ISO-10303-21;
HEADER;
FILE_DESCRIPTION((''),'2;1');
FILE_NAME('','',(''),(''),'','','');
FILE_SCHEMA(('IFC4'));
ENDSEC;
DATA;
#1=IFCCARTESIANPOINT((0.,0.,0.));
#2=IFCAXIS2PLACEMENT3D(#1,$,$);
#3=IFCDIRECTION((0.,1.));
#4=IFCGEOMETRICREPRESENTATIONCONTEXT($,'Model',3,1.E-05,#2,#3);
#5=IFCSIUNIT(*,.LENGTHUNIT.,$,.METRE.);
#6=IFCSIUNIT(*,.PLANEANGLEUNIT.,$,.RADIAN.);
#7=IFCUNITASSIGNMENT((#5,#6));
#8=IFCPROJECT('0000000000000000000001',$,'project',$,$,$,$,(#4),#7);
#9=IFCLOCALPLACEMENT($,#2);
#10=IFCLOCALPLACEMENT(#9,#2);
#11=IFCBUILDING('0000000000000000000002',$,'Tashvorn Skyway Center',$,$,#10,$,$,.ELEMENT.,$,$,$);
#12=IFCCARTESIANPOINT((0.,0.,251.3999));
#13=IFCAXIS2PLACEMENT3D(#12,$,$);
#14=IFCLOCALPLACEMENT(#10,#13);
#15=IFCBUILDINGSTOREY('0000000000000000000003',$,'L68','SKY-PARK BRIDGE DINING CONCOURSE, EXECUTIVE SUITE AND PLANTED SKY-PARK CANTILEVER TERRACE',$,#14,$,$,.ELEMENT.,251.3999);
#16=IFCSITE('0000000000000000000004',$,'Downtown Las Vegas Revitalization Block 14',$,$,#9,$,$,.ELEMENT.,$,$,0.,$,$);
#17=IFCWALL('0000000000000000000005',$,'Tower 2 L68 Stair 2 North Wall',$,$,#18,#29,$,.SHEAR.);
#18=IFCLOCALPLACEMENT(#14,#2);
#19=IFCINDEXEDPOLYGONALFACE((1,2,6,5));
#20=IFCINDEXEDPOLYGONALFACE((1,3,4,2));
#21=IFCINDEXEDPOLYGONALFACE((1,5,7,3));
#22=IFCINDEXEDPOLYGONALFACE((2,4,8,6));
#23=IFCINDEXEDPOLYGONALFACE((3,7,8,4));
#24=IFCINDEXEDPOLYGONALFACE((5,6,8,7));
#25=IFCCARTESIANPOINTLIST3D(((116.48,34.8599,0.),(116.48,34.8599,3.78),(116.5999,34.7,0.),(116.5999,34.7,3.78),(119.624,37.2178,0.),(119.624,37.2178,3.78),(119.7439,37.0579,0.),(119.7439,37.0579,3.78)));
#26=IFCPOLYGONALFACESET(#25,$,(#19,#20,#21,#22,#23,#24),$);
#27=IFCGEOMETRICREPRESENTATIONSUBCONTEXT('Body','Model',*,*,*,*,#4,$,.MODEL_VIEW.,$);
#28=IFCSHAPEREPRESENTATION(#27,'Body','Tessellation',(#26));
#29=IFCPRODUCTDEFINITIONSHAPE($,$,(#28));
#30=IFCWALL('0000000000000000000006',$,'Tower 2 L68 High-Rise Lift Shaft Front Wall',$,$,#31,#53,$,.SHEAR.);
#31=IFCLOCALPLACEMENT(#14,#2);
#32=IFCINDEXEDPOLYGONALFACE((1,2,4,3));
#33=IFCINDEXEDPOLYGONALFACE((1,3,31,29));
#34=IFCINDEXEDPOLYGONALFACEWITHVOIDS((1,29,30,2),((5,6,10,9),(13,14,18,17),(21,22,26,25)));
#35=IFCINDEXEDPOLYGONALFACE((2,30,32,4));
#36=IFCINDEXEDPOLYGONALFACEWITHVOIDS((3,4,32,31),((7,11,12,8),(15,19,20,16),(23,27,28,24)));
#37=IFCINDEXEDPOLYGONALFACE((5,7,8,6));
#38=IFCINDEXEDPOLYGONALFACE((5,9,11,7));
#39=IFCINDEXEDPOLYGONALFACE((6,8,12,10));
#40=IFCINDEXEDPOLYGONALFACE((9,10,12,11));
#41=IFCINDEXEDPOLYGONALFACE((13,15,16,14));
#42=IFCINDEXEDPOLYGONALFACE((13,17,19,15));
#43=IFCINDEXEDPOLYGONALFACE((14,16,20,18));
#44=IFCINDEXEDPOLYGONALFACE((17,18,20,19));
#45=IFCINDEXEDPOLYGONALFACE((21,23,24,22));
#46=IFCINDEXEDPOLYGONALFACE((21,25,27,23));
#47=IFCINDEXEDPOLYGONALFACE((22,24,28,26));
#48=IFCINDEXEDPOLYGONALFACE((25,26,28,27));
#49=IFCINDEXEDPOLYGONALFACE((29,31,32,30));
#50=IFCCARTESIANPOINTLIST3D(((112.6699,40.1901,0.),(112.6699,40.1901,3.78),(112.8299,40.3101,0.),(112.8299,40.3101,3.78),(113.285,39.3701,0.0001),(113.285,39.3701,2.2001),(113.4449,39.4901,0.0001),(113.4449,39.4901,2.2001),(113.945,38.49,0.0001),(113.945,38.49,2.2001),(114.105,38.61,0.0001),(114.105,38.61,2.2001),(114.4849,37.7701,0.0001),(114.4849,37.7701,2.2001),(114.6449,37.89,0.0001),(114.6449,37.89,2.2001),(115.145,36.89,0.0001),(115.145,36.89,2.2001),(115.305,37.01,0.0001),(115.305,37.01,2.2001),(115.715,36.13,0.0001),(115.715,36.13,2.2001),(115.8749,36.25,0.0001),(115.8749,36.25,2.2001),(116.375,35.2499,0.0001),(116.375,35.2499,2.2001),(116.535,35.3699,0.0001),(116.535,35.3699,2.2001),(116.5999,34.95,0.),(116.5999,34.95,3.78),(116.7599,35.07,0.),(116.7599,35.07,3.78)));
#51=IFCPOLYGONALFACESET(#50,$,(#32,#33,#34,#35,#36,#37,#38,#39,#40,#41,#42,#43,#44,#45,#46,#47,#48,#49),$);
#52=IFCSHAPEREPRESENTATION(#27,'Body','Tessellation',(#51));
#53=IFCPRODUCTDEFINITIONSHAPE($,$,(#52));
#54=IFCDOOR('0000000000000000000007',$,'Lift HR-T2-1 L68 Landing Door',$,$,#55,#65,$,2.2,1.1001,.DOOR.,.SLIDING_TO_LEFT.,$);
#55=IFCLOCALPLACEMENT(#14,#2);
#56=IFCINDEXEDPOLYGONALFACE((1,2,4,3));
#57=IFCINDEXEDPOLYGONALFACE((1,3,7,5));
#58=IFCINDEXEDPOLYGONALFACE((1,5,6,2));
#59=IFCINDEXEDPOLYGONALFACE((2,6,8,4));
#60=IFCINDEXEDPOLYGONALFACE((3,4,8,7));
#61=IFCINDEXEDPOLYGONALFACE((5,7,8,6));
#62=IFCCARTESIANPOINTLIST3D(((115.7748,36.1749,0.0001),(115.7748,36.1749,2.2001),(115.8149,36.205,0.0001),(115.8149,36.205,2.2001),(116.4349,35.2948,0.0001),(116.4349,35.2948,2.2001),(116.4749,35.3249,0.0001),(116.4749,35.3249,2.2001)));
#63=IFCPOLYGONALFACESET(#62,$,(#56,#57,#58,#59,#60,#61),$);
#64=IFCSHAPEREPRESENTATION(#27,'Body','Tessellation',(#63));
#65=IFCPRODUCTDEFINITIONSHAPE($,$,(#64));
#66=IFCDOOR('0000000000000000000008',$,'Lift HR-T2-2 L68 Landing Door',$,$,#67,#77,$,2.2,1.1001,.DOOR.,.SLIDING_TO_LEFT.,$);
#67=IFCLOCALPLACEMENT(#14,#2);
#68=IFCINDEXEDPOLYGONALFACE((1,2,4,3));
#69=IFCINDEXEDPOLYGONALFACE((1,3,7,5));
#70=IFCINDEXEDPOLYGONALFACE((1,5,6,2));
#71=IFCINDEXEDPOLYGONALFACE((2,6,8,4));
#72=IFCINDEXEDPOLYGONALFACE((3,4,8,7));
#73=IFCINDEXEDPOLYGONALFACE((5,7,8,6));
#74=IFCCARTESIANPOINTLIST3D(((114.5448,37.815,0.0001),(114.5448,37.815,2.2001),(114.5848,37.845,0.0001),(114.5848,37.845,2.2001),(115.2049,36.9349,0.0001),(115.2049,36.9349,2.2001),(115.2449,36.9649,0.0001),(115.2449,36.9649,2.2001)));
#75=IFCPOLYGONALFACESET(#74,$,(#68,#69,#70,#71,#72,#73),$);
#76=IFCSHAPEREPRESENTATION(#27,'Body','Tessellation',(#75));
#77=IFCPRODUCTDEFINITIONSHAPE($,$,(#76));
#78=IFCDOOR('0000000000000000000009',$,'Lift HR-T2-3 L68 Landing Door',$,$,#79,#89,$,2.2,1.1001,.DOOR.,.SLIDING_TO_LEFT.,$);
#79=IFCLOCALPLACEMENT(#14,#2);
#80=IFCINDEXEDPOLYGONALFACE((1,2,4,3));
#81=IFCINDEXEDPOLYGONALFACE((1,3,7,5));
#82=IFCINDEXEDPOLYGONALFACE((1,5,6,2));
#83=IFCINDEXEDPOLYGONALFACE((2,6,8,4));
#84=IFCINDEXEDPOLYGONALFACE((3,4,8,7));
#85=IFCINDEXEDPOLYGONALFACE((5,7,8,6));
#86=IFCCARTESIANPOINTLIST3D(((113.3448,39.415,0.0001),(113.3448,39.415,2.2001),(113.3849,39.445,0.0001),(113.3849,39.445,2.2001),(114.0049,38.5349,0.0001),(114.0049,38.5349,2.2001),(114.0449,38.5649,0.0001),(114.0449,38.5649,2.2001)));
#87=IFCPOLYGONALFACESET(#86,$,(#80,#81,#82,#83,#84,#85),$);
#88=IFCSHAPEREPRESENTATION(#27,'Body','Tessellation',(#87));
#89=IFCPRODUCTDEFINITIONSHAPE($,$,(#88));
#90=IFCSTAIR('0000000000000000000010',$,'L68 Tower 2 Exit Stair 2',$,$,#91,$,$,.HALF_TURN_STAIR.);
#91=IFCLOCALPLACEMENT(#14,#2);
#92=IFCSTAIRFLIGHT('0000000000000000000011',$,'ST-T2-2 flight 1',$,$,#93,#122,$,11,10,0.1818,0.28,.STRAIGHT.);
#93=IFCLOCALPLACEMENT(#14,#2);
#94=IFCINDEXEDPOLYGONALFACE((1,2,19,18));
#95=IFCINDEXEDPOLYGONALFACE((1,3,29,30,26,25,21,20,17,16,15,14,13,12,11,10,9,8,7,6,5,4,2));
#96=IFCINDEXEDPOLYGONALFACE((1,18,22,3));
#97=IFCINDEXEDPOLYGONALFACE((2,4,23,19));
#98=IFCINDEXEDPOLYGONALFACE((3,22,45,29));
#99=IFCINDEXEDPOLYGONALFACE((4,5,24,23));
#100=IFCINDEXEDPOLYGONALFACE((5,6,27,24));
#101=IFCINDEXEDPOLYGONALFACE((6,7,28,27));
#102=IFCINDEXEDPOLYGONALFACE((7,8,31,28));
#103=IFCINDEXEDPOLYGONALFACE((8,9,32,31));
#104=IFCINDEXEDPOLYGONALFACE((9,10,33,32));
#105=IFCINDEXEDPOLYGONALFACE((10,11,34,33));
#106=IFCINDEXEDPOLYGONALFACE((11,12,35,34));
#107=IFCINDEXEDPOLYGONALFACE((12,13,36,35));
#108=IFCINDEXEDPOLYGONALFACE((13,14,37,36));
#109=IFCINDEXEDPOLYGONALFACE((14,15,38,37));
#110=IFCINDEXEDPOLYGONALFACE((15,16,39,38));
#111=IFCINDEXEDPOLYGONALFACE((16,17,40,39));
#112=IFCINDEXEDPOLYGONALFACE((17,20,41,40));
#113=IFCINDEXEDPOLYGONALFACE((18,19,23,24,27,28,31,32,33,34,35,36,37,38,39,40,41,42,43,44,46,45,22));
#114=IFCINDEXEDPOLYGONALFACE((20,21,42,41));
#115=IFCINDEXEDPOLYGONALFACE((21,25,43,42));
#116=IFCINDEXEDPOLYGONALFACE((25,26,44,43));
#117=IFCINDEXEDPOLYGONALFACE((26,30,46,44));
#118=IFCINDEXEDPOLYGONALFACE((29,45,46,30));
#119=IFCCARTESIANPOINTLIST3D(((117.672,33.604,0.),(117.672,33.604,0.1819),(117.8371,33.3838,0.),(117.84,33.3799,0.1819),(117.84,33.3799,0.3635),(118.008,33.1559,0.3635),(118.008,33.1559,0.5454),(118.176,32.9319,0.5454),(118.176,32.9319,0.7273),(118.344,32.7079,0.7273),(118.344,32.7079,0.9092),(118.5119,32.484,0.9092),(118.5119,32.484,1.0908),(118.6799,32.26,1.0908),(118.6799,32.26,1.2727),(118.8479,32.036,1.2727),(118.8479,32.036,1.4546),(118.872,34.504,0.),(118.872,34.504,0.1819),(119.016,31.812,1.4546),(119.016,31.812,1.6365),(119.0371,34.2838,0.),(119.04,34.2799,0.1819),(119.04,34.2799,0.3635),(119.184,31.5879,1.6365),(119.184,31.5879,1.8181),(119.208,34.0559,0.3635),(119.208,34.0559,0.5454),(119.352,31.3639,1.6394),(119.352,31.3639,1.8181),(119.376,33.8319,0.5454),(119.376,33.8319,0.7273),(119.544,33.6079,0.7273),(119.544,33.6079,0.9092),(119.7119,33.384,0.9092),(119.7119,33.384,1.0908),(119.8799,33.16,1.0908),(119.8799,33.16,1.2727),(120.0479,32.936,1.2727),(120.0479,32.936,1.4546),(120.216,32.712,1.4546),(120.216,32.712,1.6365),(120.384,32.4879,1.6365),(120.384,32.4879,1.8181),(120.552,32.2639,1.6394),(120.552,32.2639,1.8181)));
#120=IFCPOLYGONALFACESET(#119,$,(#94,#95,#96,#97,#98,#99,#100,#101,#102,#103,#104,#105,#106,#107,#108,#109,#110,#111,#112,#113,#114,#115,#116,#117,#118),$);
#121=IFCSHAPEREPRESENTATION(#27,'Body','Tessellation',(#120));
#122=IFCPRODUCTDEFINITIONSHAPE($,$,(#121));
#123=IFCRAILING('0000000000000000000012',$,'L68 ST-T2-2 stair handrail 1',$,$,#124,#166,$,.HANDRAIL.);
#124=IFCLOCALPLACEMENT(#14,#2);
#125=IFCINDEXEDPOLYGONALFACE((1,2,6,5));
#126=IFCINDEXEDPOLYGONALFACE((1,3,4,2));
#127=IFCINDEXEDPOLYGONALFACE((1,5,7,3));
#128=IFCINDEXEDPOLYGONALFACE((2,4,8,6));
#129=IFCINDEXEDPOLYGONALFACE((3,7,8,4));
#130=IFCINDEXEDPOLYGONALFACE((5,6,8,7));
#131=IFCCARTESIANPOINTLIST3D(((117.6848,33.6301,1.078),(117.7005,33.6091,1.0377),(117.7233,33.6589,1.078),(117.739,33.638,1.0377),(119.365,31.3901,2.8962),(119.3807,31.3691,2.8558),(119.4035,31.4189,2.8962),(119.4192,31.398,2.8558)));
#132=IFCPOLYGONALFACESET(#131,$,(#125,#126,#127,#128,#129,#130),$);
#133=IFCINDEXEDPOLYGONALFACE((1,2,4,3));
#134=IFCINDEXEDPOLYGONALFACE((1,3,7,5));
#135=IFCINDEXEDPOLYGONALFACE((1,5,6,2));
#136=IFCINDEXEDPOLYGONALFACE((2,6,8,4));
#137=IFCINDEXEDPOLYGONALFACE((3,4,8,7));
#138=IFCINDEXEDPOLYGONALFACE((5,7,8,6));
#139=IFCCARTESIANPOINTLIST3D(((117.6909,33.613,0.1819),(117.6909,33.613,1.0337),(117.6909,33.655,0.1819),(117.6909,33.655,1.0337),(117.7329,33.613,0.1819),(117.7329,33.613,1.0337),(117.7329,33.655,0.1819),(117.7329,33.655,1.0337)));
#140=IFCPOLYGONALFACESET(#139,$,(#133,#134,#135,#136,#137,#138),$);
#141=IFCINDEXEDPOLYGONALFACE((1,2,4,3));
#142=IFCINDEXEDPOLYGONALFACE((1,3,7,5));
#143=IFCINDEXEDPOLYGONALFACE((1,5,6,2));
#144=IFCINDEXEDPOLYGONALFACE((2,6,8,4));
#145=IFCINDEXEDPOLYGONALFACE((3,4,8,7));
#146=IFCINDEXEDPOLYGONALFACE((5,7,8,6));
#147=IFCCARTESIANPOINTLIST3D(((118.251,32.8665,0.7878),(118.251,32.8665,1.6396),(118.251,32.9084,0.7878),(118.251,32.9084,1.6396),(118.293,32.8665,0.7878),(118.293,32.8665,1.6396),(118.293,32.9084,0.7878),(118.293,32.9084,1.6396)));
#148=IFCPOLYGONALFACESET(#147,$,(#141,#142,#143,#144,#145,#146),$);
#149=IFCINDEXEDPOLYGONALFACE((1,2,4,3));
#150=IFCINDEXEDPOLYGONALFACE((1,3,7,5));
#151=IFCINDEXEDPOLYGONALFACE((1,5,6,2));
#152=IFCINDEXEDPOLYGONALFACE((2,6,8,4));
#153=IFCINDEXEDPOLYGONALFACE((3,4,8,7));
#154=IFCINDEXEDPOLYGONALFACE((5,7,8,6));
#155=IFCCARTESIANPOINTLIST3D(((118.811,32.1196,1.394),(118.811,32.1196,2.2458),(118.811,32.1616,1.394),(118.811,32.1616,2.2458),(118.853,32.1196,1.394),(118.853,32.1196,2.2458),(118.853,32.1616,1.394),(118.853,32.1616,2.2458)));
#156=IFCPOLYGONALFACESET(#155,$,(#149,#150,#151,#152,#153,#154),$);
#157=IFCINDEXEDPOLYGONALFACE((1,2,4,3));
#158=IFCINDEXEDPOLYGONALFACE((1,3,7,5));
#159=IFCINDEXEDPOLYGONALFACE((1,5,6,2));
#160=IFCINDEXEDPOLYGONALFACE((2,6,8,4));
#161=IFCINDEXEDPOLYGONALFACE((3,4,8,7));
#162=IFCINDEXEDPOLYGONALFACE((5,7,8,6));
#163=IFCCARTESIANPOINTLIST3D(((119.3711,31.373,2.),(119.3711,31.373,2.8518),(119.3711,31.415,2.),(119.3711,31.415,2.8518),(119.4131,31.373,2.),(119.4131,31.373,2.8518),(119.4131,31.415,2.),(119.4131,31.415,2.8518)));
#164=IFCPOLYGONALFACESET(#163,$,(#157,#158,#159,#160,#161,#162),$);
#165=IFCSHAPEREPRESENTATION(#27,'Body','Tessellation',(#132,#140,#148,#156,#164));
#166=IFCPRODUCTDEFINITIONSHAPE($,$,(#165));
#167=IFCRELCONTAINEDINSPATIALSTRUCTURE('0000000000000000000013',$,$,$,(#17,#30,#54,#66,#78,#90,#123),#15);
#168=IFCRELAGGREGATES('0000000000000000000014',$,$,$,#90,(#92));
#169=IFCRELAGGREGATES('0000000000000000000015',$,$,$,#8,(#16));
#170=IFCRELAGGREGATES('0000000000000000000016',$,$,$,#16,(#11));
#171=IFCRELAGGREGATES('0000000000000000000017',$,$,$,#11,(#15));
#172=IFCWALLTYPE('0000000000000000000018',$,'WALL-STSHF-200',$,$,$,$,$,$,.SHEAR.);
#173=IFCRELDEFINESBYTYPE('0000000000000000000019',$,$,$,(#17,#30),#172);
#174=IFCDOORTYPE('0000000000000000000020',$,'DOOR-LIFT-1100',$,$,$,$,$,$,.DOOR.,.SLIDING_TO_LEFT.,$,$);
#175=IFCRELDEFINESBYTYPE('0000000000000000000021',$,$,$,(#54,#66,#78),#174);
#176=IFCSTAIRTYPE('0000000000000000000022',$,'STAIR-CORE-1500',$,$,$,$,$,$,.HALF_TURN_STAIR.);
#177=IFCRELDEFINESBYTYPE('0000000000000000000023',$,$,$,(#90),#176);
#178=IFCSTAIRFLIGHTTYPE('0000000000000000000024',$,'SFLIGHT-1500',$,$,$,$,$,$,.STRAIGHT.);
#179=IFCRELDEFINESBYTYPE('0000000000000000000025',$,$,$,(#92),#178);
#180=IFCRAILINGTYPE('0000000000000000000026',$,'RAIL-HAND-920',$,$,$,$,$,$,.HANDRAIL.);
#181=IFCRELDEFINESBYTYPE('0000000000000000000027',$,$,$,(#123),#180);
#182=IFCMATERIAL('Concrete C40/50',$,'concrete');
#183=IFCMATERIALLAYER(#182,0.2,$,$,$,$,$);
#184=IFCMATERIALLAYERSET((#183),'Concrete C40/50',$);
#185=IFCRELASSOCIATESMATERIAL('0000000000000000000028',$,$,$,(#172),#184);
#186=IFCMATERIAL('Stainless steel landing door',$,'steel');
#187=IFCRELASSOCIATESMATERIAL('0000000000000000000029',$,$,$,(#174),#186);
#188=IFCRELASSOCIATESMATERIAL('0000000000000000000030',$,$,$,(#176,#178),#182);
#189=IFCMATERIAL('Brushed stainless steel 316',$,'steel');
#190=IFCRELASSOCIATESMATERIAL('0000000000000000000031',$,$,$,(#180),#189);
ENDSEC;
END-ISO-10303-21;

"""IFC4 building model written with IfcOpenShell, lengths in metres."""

from ifc_helpers import new_model, si_unit, direction, frame, frame_2d, origin, origin_2d, place, context, subcontext, project, spatial, polyline, rectangle, outline, extrude, material, layer, layer_set, type_object, element, fill, aggregate, save


model = new_model("IFC4")

# Units and contexts
model_context = context("Model", 3, precision=1e-05, world=origin(), true_north=direction((0.0, 1.0)))
body_context = subcontext(model_context, "Body", "Model", "MODEL_VIEW")
ifc_project = project(units=[si_unit("LENGTHUNIT", "METRE"), si_unit("PLANEANGLEUNIT", "RADIAN")], contexts=[model_context])

# Site, building, storey
site_placement = place(None, origin())
site = spatial("IfcSite", under=ifc_project, at=site_placement, Name="Downtown Las Vegas Revitalization Block 14", CompositionType="ELEMENT", RefElevation=0.0)
building_placement = place(site_placement, origin())
building = spatial("IfcBuilding", under=site, at=building_placement, Name="Tashvorn Skyway Center", CompositionType="ELEMENT")
storey_placement = place(building_placement, frame((0.0, 0.0, 251.3999)))
storey = spatial("IfcBuildingStorey", under=building, at=storey_placement, Name="L68", Description="SKY-PARK BRIDGE DINING CONCOURSE, EXECUTIVE SUITE AND PLANTED SKY-PARK CANTILEVER TERRACE", CompositionType="ELEMENT", Elevation=251.3999)

# Shared definitions
ifc_material_1 = material(Name="Concrete C40/50", Category="concrete")

# Shared definitions
ifc_layer_1 = layer(ifc_material_1, 0.2)
ifc_layer_set_1 = layer_set([ifc_layer_1], Name="Concrete C40/50")
wall_type_1 = type_object("IfcWallType", Name="WALL-STSHF-200", PredefinedType="SHEAR", material=ifc_layer_set_1)

# Wall
wall_1_placement = place(storey_placement, frame((116.54, 34.78, 0.0), z_axis=(0.0, 0.0, 1.0), x_axis=(0.800015, 0.59998, 0.0)))
element("IfcWall", 1, at=wall_1_placement, inside=storey, type_object=wall_type_1, Name="Tower 2 L68 Stair 2 North Wall", PredefinedType="SHEAR", context=body_context, shape_type="SweptSolid", body=[
    extrude(rectangle(XDim=3.9299, YDim=0.2, at=frame_2d((1.9648, 0.0))), origin(), (0.0, 0.0, 1.0), 3.78),
])

# Wall, openings, doors
wall_2_placement = place(storey_placement, frame((112.75, 40.25, 0.0), z_axis=(0.0, 0.0, 1.0), x_axis=(0.599994, -0.800004, 0.0)))
wall_2 = element("IfcWall", 2, at=wall_2_placement, inside=storey, type_object=wall_type_1, Name="Tower 2 L68 High-Rise Lift Shaft Front Wall", PredefinedType="SHEAR", context=body_context, shape_type="SweptSolid", body=[
    extrude(rectangle(XDim=6.55, YDim=0.2, at=frame_2d((3.2749, 0.0))), origin(), (0.0, 0.0, 1.0), 3.78),
])
opening_1_placement = place(wall_2_placement, frame((5.075, 0.0, 0.0)))
opening_1 = element("IfcOpeningElement", 3, at=opening_1_placement, cuts=wall_2, PredefinedType="OPENING", context=body_context, shape_type="SweptSolid", body=[
    extrude(rectangle(XDim=1.1001, YDim=2.2, at=frame_2d((0.55, 1.1001))), frame((0.0, 0.1099, 0.0), z_axis=(0.0, -1.0, 0.0), x_axis=(1.0, 0.0, 0.0)), (0.0, 0.0, 1.0), 0.22),
])
opening_2_placement = place(wall_2_placement, frame((3.0249, 0.0, 0.0)))
opening_2 = element("IfcOpeningElement", 4, at=opening_2_placement, cuts=wall_2, PredefinedType="OPENING", context=body_context, shape_type="SweptSolid", body=[
    extrude(rectangle(XDim=1.1001, YDim=2.2, at=frame_2d((0.55, 1.1001))), frame((0.0, 0.1099, 0.0), z_axis=(0.0, -1.0, 0.0), x_axis=(1.0, 0.0, 0.0)), (0.0, 0.0, 1.0), 0.22),
])
opening_3_placement = place(wall_2_placement, frame((1.0249, 0.0, 0.0)))
opening_3 = element("IfcOpeningElement", 5, at=opening_3_placement, cuts=wall_2, PredefinedType="OPENING", context=body_context, shape_type="SweptSolid", body=[
    extrude(rectangle(XDim=1.1001, YDim=2.2, at=frame_2d((0.55, 1.1001))), frame((0.0, 0.1099, 0.0), z_axis=(0.0, -1.0, 0.0), x_axis=(1.0, 0.0, 0.0)), (0.0, 0.0, 1.0), 0.22),
])
ifc_material_2 = material(Name="Stainless steel landing door", Category="steel")
door_type_1 = type_object("IfcDoorType", Name="DOOR-LIFT-1100", OperationType="SLIDING_TO_LEFT", PredefinedType="DOOR", material=ifc_material_2)
door_1_placement = place(opening_1_placement, origin())
door_1 = element("IfcDoor", 6, at=door_1_placement, inside=storey, type_object=door_type_1, Name="Lift HR-T2-1 L68 Landing Door", OperationType="SLIDING_TO_LEFT", OverallHeight=2.2, OverallWidth=1.1001, PredefinedType="DOOR", context=body_context, shape_type="SweptSolid", body=[
    extrude(rectangle(XDim=1.1001, YDim=2.2, at=frame_2d((0.55, 1.1001))), frame((0.0, 0.0249, 0.0), z_axis=(0.0, -1.0, 0.0), x_axis=(1.0, 0.0, 0.0)), (0.0, 0.0, 1.0), 0.05),
])
fill(opening_1, door_1)
door_2_placement = place(opening_2_placement, origin())
door_2 = element("IfcDoor", 7, at=door_2_placement, inside=storey, type_object=door_type_1, Name="Lift HR-T2-2 L68 Landing Door", OperationType="SLIDING_TO_LEFT", OverallHeight=2.2, OverallWidth=1.1001, PredefinedType="DOOR", context=body_context, shape_type="SweptSolid", body=[
    extrude(rectangle(XDim=1.1001, YDim=2.2, at=frame_2d((0.55, 1.1001))), frame((0.0, 0.0249, 0.0), z_axis=(0.0, -1.0, 0.0), x_axis=(1.0, 0.0, 0.0)), (0.0, 0.0, 1.0), 0.05),
])
fill(opening_2, door_2)
door_3_placement = place(opening_3_placement, origin())
door_3 = element("IfcDoor", 8, at=door_3_placement, inside=storey, type_object=door_type_1, Name="Lift HR-T2-3 L68 Landing Door", OperationType="SLIDING_TO_LEFT", OverallHeight=2.2, OverallWidth=1.1001, PredefinedType="DOOR", context=body_context, shape_type="SweptSolid", body=[
    extrude(rectangle(XDim=1.1001, YDim=2.2, at=frame_2d((0.55, 1.1001))), frame((0.0, 0.0249, 0.0), z_axis=(0.0, -1.0, 0.0), x_axis=(1.0, 0.0, 0.0)), (0.0, 0.0, 1.0), 0.05),
])
fill(opening_3, door_3)

# Stair, stair flight
stair_type = type_object("IfcStairType", Name="STAIR-CORE-1500", PredefinedType="HALF_TURN_STAIR", material=ifc_material_1)
stair_placement = place(storey_placement, origin())
stair = element("IfcStair", 9, at=stair_placement, inside=storey, type_object=stair_type, Name="L68 Tower 2 Exit Stair 2", PredefinedType="HALF_TURN_STAIR")
stair_flight_type = type_object("IfcStairFlightType", Name="SFLIGHT-1500", PredefinedType="STRAIGHT", material=ifc_material_1)
stair_flight_placement = place(storey_placement, frame((118.272, 34.054, 0.0), z_axis=(0.0, 0.0, 1.0), x_axis=(0.6, -0.8, 0.0)))
stair_flight = element("IfcStairFlight", 10, at=stair_flight_placement, type_object=stair_flight_type, Name="ST-T2-2 flight 1", NumberOfRisers=11, NumberOfTreads=10, PredefinedType="STRAIGHT", RiserHeight=0.1818, TreadLength=0.28, context=body_context, shape_type="SweptSolid", body=[
    extrude(outline(polyline([(0.0, 0.0), (0.0, 0.1819), (0.28, 0.1819), (0.28, 0.3635), (0.5601, 0.3635), (0.5601, 0.5454), (0.8401, 0.5454), (0.8401, 0.7273), (1.1201, 0.7273), (1.1201, 0.9092), (1.3999, 0.9092), (1.3999, 1.0908), (1.6799, 1.0908), (1.6799, 1.2727), (1.96, 1.2727), (1.96, 1.4546), (2.24, 1.4546), (2.24, 1.6365), (2.52, 1.6365), (2.52, 1.8181), (2.8, 1.8181), (2.8, 2.0), (2.8, 1.6394), (0.2751, 0.0), (0.0, 0.0)])), frame((0.0, 0.75, 0.0), z_axis=(0.0, -1.0, 0.0), x_axis=(1.0, 0.0, 0.0)), (0.0, 0.0, 1.0), 1.5),
])
aggregate(stair, [stair_flight])

# Railing
ifc_material_3 = material(Name="Brushed stainless steel 316", Category="steel")
railing_type_1 = type_object("IfcRailingType", Name="RAIL-HAND-920", PredefinedType="HANDRAIL", material=ifc_material_3)
railing_1_placement = place(storey_placement, frame((117.7119, 33.634, 0.1819)))
element("IfcRailing", 11, at=railing_1_placement, inside=storey, type_object=railing_type_1, Name="L68 ST-T2-2 stair handrail 1", PredefinedType="HANDRAIL", context=body_context, shape_type="SweptSolid", body=[
    extrude(rectangle(XDim=0.0481, YDim=0.0481, at=origin_2d()), frame((0.0, 0.0, 0.876), z_axis=(0.503261, -0.670942, 0.544578), x_axis=(0.799969, 0.600042, 0.0)), (0.0, 0.0, 1.0), 3.3386),
    extrude(rectangle(XDim=0.042, YDim=0.042, at=origin_2d()), origin(), (0.0, 0.0, 1.0), 0.8518),
    extrude(rectangle(XDim=0.042, YDim=0.042, at=origin_2d()), frame((0.5601, -0.7466, 0.606)), (0.0, 0.0, 1.0), 0.8518),
    extrude(rectangle(XDim=0.042, YDim=0.042, at=origin_2d()), frame((1.1201, -1.4934, 1.2122)), (0.0, 0.0, 1.0), 0.8518),
    extrude(rectangle(XDim=0.042, YDim=0.042, at=origin_2d()), frame((1.6802, -2.24, 1.8181)), (0.0, 0.0, 1.0), 0.8518),
])

save(model, "model.ifc")
